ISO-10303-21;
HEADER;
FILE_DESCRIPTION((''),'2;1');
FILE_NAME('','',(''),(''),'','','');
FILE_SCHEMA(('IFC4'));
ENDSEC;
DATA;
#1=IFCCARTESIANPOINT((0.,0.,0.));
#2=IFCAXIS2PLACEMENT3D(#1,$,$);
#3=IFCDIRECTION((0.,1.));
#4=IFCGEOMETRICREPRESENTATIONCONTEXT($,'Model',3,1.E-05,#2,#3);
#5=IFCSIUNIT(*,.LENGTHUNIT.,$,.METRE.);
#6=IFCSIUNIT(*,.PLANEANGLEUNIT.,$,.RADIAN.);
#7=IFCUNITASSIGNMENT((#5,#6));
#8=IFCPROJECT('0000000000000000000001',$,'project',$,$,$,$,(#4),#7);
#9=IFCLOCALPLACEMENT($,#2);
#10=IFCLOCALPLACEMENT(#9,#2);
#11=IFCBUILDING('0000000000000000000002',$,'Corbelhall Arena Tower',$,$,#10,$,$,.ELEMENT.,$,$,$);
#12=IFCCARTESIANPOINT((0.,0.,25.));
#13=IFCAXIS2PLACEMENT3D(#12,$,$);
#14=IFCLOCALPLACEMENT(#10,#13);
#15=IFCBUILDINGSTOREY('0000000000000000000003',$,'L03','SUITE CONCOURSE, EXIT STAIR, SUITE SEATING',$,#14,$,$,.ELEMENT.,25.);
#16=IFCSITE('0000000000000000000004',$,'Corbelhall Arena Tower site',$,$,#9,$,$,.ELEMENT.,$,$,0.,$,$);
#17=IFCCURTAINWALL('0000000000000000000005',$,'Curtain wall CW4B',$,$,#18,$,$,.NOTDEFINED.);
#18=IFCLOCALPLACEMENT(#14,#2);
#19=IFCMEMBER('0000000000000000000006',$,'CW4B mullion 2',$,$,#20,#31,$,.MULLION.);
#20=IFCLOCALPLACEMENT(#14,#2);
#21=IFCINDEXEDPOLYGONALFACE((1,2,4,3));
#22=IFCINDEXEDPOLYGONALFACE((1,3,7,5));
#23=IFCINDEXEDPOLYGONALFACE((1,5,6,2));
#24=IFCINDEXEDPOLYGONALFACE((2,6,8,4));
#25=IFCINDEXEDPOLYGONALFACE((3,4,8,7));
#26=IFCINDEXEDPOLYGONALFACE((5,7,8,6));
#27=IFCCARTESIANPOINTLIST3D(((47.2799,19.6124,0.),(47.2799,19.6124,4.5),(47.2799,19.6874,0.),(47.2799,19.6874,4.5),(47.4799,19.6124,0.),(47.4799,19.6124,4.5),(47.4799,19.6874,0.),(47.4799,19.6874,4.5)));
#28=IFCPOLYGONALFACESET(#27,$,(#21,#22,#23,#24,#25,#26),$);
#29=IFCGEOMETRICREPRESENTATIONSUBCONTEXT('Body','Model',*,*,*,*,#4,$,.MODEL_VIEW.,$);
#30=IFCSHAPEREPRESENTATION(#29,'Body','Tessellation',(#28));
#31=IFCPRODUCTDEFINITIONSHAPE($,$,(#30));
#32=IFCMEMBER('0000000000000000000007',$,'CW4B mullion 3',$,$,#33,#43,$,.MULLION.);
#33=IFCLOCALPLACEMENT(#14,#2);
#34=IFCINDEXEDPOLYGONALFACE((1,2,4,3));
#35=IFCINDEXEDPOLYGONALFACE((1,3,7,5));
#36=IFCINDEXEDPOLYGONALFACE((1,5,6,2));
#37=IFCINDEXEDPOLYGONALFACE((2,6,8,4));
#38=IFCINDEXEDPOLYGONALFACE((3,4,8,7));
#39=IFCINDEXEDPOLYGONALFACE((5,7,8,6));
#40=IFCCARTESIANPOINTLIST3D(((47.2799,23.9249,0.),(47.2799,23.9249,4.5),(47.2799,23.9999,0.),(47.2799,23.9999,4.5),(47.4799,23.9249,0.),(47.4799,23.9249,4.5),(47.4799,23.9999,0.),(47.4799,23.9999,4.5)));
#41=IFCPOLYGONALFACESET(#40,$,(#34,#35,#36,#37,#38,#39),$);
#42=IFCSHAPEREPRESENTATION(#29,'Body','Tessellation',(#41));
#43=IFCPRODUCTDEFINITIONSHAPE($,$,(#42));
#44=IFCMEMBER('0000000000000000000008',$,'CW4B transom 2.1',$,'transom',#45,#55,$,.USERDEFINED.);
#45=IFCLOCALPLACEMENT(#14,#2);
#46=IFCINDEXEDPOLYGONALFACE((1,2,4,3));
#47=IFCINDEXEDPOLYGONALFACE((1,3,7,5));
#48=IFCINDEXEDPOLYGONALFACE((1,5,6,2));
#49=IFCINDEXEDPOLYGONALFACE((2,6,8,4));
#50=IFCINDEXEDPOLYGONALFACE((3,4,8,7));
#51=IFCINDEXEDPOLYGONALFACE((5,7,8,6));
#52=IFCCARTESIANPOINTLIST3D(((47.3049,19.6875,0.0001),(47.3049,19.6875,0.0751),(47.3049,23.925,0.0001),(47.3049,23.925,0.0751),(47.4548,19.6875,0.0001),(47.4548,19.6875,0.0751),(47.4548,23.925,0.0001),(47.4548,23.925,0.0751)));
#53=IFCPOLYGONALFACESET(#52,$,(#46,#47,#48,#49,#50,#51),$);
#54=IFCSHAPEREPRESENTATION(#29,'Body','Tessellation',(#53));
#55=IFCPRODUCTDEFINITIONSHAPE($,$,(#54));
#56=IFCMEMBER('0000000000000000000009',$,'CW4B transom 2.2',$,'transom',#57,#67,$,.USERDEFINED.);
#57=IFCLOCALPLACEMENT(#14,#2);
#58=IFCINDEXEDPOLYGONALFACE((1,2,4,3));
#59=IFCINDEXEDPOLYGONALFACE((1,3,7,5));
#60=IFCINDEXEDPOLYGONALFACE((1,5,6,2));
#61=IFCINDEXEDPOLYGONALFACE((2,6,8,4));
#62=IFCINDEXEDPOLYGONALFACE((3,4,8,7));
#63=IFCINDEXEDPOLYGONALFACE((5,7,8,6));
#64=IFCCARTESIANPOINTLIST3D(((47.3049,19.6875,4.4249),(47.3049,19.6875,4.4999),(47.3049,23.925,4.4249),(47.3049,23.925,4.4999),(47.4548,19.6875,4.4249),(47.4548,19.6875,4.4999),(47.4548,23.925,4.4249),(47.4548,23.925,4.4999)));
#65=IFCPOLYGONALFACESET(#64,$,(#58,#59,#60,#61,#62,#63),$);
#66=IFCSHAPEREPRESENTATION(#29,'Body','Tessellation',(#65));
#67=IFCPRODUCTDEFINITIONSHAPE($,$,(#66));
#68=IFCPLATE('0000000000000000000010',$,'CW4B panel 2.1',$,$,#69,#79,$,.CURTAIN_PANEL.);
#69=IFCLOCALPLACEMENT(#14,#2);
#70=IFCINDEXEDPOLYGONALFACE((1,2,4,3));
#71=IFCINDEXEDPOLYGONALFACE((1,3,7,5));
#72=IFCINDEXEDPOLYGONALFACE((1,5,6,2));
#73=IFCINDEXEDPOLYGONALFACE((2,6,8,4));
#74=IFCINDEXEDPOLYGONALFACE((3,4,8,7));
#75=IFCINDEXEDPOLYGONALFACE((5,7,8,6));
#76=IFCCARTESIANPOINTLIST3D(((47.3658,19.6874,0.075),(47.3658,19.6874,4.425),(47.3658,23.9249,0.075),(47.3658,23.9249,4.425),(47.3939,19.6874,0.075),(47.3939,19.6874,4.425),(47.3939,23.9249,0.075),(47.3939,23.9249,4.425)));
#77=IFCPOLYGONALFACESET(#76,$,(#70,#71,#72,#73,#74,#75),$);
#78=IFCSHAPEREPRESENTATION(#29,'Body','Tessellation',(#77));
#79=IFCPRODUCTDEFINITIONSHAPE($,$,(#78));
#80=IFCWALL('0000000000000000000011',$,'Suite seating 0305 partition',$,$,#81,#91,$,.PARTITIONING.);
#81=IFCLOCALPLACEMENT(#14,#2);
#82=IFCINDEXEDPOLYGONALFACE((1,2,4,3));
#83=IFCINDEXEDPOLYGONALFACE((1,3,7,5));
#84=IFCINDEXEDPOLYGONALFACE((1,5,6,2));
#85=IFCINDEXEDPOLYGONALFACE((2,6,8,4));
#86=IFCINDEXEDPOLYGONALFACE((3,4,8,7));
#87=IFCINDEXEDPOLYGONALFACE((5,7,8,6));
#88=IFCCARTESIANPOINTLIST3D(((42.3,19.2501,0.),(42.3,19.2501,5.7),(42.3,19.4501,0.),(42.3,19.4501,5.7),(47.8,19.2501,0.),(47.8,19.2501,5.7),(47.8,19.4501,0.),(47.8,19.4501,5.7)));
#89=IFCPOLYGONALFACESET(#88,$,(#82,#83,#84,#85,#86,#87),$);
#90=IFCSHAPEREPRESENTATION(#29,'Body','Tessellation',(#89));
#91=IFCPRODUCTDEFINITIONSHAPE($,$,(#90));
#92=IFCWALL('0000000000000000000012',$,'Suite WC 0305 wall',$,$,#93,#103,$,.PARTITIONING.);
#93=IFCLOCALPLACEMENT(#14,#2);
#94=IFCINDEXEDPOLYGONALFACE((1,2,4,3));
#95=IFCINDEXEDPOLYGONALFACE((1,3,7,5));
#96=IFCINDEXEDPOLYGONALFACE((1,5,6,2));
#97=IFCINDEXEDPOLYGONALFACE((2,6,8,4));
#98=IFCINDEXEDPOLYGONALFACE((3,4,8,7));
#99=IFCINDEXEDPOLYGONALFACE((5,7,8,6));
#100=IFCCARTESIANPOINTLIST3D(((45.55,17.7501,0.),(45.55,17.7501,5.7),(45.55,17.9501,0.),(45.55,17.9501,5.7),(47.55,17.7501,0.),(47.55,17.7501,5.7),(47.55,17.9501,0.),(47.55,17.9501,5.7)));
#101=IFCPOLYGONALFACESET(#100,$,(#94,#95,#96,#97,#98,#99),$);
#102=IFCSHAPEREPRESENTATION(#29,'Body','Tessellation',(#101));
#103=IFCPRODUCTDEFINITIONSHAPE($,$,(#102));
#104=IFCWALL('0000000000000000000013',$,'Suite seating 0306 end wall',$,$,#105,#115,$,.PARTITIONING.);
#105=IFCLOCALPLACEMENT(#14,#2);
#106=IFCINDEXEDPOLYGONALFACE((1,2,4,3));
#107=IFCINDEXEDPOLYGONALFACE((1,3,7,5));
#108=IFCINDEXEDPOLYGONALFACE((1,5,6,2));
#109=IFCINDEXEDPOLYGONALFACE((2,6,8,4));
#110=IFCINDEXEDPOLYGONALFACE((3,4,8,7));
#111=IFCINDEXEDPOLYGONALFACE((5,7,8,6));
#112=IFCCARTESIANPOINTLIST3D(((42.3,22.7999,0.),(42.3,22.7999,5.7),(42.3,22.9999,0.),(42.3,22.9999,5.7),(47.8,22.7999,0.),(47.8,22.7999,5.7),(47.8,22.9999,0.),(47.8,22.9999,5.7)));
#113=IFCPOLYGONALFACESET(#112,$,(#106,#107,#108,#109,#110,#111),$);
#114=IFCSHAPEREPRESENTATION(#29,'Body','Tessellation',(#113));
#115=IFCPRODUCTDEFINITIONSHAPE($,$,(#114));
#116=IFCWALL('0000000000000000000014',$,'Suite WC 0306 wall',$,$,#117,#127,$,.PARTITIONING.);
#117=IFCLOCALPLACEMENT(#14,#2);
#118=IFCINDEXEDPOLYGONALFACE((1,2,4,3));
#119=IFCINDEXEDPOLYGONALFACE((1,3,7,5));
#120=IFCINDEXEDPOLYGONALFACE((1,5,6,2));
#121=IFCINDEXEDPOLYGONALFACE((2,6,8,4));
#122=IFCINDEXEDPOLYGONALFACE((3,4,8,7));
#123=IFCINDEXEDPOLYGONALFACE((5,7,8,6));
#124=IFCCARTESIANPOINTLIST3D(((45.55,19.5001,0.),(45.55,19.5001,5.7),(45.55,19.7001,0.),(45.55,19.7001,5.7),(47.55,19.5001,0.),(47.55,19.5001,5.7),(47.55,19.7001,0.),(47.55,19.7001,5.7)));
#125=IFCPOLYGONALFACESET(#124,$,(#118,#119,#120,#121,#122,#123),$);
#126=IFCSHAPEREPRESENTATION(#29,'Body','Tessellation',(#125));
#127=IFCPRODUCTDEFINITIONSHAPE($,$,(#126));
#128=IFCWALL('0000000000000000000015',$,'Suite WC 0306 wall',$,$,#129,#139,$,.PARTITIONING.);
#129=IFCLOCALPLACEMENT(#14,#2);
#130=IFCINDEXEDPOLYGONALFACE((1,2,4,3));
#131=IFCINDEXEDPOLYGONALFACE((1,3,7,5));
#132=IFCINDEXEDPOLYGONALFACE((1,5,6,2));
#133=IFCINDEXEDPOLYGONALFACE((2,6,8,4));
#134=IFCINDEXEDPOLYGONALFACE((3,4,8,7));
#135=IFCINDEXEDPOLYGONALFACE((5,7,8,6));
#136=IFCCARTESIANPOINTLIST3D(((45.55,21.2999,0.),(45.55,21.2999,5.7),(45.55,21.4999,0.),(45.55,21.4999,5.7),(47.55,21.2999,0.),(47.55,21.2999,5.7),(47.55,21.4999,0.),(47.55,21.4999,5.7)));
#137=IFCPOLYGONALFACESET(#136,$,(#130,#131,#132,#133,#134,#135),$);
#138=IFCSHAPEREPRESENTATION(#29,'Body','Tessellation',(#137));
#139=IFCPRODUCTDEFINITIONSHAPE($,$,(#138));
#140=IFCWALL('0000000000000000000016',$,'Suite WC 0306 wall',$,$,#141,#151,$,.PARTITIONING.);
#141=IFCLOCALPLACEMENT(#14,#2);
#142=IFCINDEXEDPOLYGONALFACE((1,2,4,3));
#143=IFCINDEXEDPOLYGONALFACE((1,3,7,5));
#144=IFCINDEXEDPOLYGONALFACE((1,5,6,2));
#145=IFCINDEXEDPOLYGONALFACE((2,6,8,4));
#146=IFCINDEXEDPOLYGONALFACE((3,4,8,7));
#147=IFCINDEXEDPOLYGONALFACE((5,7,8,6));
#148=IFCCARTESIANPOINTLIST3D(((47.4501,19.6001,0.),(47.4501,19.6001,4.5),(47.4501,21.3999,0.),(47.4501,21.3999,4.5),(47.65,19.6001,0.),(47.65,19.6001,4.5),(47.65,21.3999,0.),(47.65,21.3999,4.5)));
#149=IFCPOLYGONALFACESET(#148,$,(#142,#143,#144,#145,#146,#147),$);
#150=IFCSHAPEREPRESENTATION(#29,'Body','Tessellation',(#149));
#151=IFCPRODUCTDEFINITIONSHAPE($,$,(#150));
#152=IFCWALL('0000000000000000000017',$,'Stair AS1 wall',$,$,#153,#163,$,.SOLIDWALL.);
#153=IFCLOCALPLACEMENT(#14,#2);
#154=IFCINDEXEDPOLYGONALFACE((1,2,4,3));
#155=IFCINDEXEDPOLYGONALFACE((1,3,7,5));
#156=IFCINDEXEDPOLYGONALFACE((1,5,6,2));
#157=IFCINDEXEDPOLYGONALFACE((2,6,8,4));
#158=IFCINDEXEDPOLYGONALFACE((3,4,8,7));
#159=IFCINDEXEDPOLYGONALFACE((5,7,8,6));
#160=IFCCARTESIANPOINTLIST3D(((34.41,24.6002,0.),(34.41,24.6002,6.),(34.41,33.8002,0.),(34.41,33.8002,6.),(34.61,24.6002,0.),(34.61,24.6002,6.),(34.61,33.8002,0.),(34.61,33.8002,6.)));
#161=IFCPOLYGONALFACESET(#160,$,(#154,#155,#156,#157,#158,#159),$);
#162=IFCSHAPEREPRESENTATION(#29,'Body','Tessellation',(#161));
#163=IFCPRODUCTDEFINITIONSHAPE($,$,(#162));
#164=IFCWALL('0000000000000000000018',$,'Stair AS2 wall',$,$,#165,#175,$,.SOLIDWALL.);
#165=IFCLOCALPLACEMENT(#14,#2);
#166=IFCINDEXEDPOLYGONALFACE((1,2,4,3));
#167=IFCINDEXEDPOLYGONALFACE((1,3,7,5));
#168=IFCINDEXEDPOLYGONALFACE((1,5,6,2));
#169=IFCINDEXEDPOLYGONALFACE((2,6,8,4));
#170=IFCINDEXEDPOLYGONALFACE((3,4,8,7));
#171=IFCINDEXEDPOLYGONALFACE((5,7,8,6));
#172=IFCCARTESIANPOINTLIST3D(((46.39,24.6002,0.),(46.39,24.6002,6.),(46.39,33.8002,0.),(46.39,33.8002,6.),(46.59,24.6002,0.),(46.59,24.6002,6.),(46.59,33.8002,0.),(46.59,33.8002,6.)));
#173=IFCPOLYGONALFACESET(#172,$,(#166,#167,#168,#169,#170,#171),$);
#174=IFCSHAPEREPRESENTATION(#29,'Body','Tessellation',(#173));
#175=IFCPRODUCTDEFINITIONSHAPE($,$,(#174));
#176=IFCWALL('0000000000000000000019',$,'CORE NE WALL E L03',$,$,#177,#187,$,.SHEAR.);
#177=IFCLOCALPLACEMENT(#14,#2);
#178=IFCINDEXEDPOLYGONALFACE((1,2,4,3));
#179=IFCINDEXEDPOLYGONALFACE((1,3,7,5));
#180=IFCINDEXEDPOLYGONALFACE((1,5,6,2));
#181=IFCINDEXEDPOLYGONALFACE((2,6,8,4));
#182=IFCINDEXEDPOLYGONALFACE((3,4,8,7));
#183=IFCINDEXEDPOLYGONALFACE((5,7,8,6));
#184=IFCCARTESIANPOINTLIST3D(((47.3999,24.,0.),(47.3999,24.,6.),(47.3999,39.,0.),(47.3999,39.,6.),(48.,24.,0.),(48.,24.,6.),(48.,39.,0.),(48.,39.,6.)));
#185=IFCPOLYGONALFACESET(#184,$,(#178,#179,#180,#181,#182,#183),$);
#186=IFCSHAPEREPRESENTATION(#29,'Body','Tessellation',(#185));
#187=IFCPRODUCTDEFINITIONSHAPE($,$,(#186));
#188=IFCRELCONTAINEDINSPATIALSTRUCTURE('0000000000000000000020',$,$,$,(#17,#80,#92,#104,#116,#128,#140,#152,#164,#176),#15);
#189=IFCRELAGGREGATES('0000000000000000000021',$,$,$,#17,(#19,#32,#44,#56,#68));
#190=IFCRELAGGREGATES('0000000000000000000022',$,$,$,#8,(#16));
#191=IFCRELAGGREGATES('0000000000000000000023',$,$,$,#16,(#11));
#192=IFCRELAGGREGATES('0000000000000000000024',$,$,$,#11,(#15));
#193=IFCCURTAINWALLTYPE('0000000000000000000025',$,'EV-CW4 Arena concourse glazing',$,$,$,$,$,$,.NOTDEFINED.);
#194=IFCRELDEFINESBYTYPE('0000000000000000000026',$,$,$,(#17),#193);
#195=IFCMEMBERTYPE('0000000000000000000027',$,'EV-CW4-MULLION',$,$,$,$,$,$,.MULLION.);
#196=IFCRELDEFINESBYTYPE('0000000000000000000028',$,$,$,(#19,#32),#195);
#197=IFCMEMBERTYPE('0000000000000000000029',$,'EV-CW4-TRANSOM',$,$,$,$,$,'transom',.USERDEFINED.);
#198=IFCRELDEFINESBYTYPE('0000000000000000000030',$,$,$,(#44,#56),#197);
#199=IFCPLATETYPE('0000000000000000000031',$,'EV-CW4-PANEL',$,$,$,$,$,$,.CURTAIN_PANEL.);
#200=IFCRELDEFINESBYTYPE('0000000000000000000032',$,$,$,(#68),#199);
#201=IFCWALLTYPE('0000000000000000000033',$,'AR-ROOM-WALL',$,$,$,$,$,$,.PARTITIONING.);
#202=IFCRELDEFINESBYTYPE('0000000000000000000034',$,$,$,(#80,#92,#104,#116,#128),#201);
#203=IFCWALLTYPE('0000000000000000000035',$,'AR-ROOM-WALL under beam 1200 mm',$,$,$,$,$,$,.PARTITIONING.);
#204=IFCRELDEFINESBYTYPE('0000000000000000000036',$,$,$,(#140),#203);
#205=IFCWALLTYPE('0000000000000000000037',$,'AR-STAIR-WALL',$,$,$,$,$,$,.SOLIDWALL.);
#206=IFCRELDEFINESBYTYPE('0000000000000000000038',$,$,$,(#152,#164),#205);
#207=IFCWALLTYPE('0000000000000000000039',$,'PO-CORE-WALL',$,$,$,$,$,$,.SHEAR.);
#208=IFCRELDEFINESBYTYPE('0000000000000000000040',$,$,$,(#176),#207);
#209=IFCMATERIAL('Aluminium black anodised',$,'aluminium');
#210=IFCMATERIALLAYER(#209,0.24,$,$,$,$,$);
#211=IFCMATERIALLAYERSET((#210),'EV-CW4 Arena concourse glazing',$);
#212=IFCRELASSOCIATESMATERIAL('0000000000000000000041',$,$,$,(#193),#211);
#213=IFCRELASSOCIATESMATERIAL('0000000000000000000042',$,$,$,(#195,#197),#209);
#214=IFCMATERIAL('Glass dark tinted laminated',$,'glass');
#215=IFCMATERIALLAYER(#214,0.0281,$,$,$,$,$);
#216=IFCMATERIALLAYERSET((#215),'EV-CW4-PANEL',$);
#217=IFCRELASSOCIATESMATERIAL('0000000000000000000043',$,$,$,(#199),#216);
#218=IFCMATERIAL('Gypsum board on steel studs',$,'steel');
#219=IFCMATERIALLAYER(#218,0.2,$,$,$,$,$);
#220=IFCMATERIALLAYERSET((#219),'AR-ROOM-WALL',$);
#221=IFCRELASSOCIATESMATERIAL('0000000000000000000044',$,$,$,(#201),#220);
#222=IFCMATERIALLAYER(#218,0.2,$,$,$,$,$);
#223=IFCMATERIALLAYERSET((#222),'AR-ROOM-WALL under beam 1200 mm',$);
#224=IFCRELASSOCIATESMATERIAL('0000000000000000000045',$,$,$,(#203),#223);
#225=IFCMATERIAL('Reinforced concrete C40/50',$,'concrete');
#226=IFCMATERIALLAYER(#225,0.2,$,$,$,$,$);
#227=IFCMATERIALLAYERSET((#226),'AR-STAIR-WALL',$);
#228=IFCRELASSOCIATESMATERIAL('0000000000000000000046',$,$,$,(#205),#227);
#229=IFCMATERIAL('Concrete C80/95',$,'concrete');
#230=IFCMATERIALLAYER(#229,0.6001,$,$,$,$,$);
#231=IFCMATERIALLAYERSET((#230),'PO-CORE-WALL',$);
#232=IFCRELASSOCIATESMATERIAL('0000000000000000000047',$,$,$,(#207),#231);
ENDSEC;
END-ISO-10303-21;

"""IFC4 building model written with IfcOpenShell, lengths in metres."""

from ifc_helpers import new_model, si_unit, direction, frame, frame_2d, origin, origin_2d, place, context, subcontext, project, spatial, rectangle, extrude, material, layer, layer_set, material_profile, profile_set, type_object, element, aggregate, save


model = new_model("IFC4")

# Units and contexts
model_context = context("Model", 3, precision=1e-05, world=origin(), true_north=direction((0.0, 1.0)))
body_context = subcontext(model_context, "Body", "Model", "MODEL_VIEW")
ifc_project = project(units=[si_unit("LENGTHUNIT", "METRE"), si_unit("PLANEANGLEUNIT", "RADIAN")], contexts=[model_context])

# Site, building, storey
site_placement = place(None, origin())
site = spatial("IfcSite", under=ifc_project, at=site_placement, Name="Corbelhall Arena Tower site", CompositionType="ELEMENT", RefElevation=0.0)
building_placement = place(site_placement, origin())
building = spatial("IfcBuilding", under=site, at=building_placement, Name="Corbelhall Arena Tower", CompositionType="ELEMENT")
storey_placement = place(building_placement, frame((0.0, 0.0, 25.0)))
storey = spatial("IfcBuildingStorey", under=building, at=storey_placement, Name="L03", Description="SUITE CONCOURSE, EXIT STAIR, SUITE SEATING", CompositionType="ELEMENT", Elevation=25.0)

# Curtain wall, members, plate
ifc_material_1 = material(Name="Aluminium black anodised", Category="aluminium")
ifc_layer_1 = layer(ifc_material_1, 0.24)
ifc_layer_set_1 = layer_set([ifc_layer_1], Name="EV-CW4 Arena concourse glazing")
curtain_wall_type = type_object("IfcCurtainWallType", Name="EV-CW4 Arena concourse glazing", PredefinedType="NOTDEFINED", material=ifc_layer_set_1)
curtain_wall_placement = place(storey_placement, origin())
curtain_wall = element("IfcCurtainWall", 1, at=curtain_wall_placement, inside=storey, type_object=curtain_wall_type, Name="Curtain wall CW4B", PredefinedType="NOTDEFINED")
ifc_material_profile_1 = material_profile(ifc_material_1, rectangle(XDim=0.2, YDim=0.075, at=origin_2d()))
ifc_profile_set_1 = profile_set([ifc_material_profile_1], Name="Aluminium black anodised")
member_type_1 = type_object("IfcMemberType", Name="EV-CW4-MULLION", PredefinedType="MULLION", material=ifc_profile_set_1)
member_1_placement = place(storey_placement, frame((47.3799, 19.6499, 0.0), z_axis=(0.0, 0.0, 1.0), x_axis=(-1.0, 0.0, 0.0)))
member_1 = element("IfcMember", 2, at=member_1_placement, type_object=member_type_1, Name="CW4B mullion 2", PredefinedType="MULLION", context=body_context, shape_type="SweptSolid", body=[
    extrude(rectangle(XDim=0.2, YDim=0.075, at=origin_2d()), origin(), (0.0, 0.0, 1.0), 4.5),
])
member_2_placement = place(storey_placement, frame((47.3799, 23.9624, 0.0), z_axis=(0.0, 0.0, 1.0), x_axis=(-1.0, 0.0, 0.0)))
member_2 = element("IfcMember", 3, at=member_2_placement, type_object=member_type_1, Name="CW4B mullion 3", PredefinedType="MULLION", context=body_context, shape_type="SweptSolid", body=[
    extrude(rectangle(XDim=0.2, YDim=0.075, at=origin_2d()), origin(), (0.0, 0.0, 1.0), 4.5),
])
ifc_material_profile_2 = material_profile(ifc_material_1, rectangle(XDim=0.1499, YDim=0.075, at=origin_2d()))
ifc_profile_set_2 = profile_set([ifc_material_profile_2], Name="Aluminium black anodised")
member_type_2 = type_object("IfcMemberType", Name="EV-CW4-TRANSOM", ElementType="transom", PredefinedType="USERDEFINED", material=ifc_profile_set_2)
member_3_placement = place(storey_placement, frame((47.3799, 19.6875, 0.0376), z_axis=(0.0, 1.0, 0.0), x_axis=(-1.0, 0.0, 0.0)))
member_3 = element("IfcMember", 4, at=member_3_placement, type_object=member_type_2, Name="CW4B transom 2.1", ObjectType="transom", PredefinedType="USERDEFINED", context=body_context, shape_type="SweptSolid", body=[
    extrude(rectangle(XDim=0.1499, YDim=0.075, at=origin_2d()), origin(), (0.0, 0.0, 1.0), 4.2375),
])
member_4_placement = place(storey_placement, frame((47.3799, 19.6875, 4.4624), z_axis=(0.0, 1.0, 0.0), x_axis=(-1.0, 0.0, 0.0)))
member_4 = element("IfcMember", 5, at=member_4_placement, type_object=member_type_2, Name="CW4B transom 2.2", ObjectType="transom", PredefinedType="USERDEFINED", context=body_context, shape_type="SweptSolid", body=[
    extrude(rectangle(XDim=0.1499, YDim=0.075, at=origin_2d()), origin(), (0.0, 0.0, 1.0), 4.2375),
])
ifc_material_2 = material(Name="Glass dark tinted laminated", Category="glass")
ifc_layer_2 = layer(ifc_material_2, 0.0281)
ifc_layer_set_2 = layer_set([ifc_layer_2], Name="EV-CW4-PANEL")
plate_type = type_object("IfcPlateType", Name="EV-CW4-PANEL", PredefinedType="CURTAIN_PANEL", material=ifc_layer_set_2)
plate_placement = place(storey_placement, frame((47.3799, 21.8062, 0.075), z_axis=(0.0, 0.0, 1.0), x_axis=(0.0, 1.0, 0.0)))
plate = element("IfcPlate", 6, at=plate_placement, type_object=plate_type, Name="CW4B panel 2.1", PredefinedType="CURTAIN_PANEL", context=body_context, shape_type="SweptSolid", body=[
    extrude(rectangle(XDim=4.2375, YDim=0.0281, at=origin_2d()), origin(), (0.0, 0.0, 1.0), 4.3501),
])
aggregate(curtain_wall, [member_1, member_2, member_3, member_4, plate])

# Walls
ifc_material_3 = material(Name="Gypsum board on steel studs", Category="steel")
ifc_layer_3 = layer(ifc_material_3, 0.2)
ifc_layer_set_3 = layer_set([ifc_layer_3], Name="AR-ROOM-WALL")
wall_type_1 = type_object("IfcWallType", Name="AR-ROOM-WALL", PredefinedType="PARTITIONING", material=ifc_layer_set_3)
wall_1_placement = place(storey_placement, frame((42.3, 19.3501, 0.0), z_axis=(0.0, 0.0, 1.0), x_axis=(1.0, 0.0, 0.0)))
element("IfcWall", 7, at=wall_1_placement, inside=storey, type_object=wall_type_1, Name="Suite seating 0305 partition", PredefinedType="PARTITIONING", context=body_context, shape_type="SweptSolid", body=[
    extrude(rectangle(XDim=5.5, YDim=0.2, at=frame_2d((2.75, 0.0))), origin(), (0.0, 0.0, 1.0), 5.7),
])
wall_2_placement = place(storey_placement, frame((47.55, 17.8501, 0.0), z_axis=(0.0, 0.0, 1.0), x_axis=(-1.0, 0.0, 0.0)))
element("IfcWall", 8, at=wall_2_placement, inside=storey, type_object=wall_type_1, Name="Suite WC 0305 wall", PredefinedType="PARTITIONING", context=body_context, shape_type="SweptSolid", body=[
    extrude(rectangle(XDim=2.0, YDim=0.2, at=frame_2d((1.0, 0.0))), origin(), (0.0, 0.0, 1.0), 5.7),
])

# Walls
wall_3_placement = place(storey_placement, frame((42.3, 22.8999, 0.0), z_axis=(0.0, 0.0, 1.0), x_axis=(1.0, 0.0, 0.0)))
element("IfcWall", 9, at=wall_3_placement, inside=storey, type_object=wall_type_1, Name="Suite seating 0306 end wall", PredefinedType="PARTITIONING", context=body_context, shape_type="SweptSolid", body=[
    extrude(rectangle(XDim=5.5, YDim=0.2, at=frame_2d((2.75, 0.0))), origin(), (0.0, 0.0, 1.0), 5.7),
])
for number, where, z_axis, x_axis, name in (
    (10, (45.55, 19.6001, 0.0), (0.0, 0.0, 1.0), (1.0, 0.0, 0.0), "Suite WC 0306 wall"),
    (11, (47.55, 21.3999, 0.0), (0.0, 0.0, 1.0), (-1.0, 0.0, 0.0), "Suite WC 0306 wall"),
):
    element("IfcWall", number, at=place(storey_placement, frame(where, z_axis=z_axis, x_axis=x_axis)), inside=storey, type_object=wall_type_1, Name=name, PredefinedType="PARTITIONING", context=body_context, shape_type="SweptSolid", body=[
        extrude(rectangle(XDim=2.0, YDim=0.2, at=frame_2d((1.0, 0.0))), origin(), (0.0, 0.0, 1.0), 5.7),
    ])

# Walls
ifc_layer_4 = layer(ifc_material_3, 0.2)
ifc_layer_set_4 = layer_set([ifc_layer_4], Name="AR-ROOM-WALL under beam 1200 mm")
wall_type_2 = type_object("IfcWallType", Name="AR-ROOM-WALL under beam 1200 mm", PredefinedType="PARTITIONING", material=ifc_layer_set_4)
wall_4_placement = place(storey_placement, frame((47.55, 19.6001, 0.0), z_axis=(0.0, 0.0, 1.0), x_axis=(0.0, 1.0, 0.0)))
element("IfcWall", 12, at=wall_4_placement, inside=storey, type_object=wall_type_2, Name="Suite WC 0306 wall", PredefinedType="PARTITIONING", context=body_context, shape_type="SweptSolid", body=[
    extrude(rectangle(XDim=1.7998, YDim=0.2, at=frame_2d((0.8999, 0.0))), origin(), (0.0, 0.0, 1.0), 4.5),
])
ifc_material_4 = material(Name="Reinforced concrete C40/50", Category="concrete")
ifc_layer_5 = layer(ifc_material_4, 0.2)
ifc_layer_set_5 = layer_set([ifc_layer_5], Name="AR-STAIR-WALL")
wall_type_3 = type_object("IfcWallType", Name="AR-STAIR-WALL", PredefinedType="SOLIDWALL", material=ifc_layer_set_5)
for number, where, z_axis, x_axis, name in (
    (13, (34.51, 24.6001, 0.0), (0.0, 0.0, 1.0), (0.0, 1.0, 0.0), "Stair AS1 wall"),
    (14, (46.49, 24.6001, 0.0), (0.0, 0.0, 1.0), (0.0, 1.0, 0.0), "Stair AS2 wall"),
):
    element("IfcWall", number, at=place(storey_placement, frame(where, z_axis=z_axis, x_axis=x_axis)), inside=storey, type_object=wall_type_3, Name=name, PredefinedType="SOLIDWALL", context=body_context, shape_type="SweptSolid", body=[
        extrude(rectangle(XDim=9.2, YDim=0.2, at=frame_2d((4.6001, 0.0))), origin(), (0.0, 0.0, 1.0), 6.0),
    ])

# Shared definitions
ifc_material_5 = material(Name="Concrete C80/95", Category="concrete")
ifc_layer_6 = layer(ifc_material_5, 0.6001)
ifc_layer_set_6 = layer_set([ifc_layer_6], Name="PO-CORE-WALL")
wall_type_4 = type_object("IfcWallType", Name="PO-CORE-WALL", PredefinedType="SHEAR", material=ifc_layer_set_6)

# Wall
wall_5_placement = place(storey_placement, frame((47.7, 24.0, 0.0), z_axis=(0.0, 0.0, 1.0), x_axis=(0.0, 1.0, 0.0)))
element("IfcWall", 15, at=wall_5_placement, inside=storey, type_object=wall_type_4, Name="CORE NE WALL E L03", PredefinedType="SHEAR", context=body_context, shape_type="SweptSolid", body=[
    extrude(rectangle(XDim=15.0, YDim=0.6001, at=frame_2d((7.5, 0.0))), origin(), (0.0, 0.0, 1.0), 6.0),
])

save(model, "model.ifc")
